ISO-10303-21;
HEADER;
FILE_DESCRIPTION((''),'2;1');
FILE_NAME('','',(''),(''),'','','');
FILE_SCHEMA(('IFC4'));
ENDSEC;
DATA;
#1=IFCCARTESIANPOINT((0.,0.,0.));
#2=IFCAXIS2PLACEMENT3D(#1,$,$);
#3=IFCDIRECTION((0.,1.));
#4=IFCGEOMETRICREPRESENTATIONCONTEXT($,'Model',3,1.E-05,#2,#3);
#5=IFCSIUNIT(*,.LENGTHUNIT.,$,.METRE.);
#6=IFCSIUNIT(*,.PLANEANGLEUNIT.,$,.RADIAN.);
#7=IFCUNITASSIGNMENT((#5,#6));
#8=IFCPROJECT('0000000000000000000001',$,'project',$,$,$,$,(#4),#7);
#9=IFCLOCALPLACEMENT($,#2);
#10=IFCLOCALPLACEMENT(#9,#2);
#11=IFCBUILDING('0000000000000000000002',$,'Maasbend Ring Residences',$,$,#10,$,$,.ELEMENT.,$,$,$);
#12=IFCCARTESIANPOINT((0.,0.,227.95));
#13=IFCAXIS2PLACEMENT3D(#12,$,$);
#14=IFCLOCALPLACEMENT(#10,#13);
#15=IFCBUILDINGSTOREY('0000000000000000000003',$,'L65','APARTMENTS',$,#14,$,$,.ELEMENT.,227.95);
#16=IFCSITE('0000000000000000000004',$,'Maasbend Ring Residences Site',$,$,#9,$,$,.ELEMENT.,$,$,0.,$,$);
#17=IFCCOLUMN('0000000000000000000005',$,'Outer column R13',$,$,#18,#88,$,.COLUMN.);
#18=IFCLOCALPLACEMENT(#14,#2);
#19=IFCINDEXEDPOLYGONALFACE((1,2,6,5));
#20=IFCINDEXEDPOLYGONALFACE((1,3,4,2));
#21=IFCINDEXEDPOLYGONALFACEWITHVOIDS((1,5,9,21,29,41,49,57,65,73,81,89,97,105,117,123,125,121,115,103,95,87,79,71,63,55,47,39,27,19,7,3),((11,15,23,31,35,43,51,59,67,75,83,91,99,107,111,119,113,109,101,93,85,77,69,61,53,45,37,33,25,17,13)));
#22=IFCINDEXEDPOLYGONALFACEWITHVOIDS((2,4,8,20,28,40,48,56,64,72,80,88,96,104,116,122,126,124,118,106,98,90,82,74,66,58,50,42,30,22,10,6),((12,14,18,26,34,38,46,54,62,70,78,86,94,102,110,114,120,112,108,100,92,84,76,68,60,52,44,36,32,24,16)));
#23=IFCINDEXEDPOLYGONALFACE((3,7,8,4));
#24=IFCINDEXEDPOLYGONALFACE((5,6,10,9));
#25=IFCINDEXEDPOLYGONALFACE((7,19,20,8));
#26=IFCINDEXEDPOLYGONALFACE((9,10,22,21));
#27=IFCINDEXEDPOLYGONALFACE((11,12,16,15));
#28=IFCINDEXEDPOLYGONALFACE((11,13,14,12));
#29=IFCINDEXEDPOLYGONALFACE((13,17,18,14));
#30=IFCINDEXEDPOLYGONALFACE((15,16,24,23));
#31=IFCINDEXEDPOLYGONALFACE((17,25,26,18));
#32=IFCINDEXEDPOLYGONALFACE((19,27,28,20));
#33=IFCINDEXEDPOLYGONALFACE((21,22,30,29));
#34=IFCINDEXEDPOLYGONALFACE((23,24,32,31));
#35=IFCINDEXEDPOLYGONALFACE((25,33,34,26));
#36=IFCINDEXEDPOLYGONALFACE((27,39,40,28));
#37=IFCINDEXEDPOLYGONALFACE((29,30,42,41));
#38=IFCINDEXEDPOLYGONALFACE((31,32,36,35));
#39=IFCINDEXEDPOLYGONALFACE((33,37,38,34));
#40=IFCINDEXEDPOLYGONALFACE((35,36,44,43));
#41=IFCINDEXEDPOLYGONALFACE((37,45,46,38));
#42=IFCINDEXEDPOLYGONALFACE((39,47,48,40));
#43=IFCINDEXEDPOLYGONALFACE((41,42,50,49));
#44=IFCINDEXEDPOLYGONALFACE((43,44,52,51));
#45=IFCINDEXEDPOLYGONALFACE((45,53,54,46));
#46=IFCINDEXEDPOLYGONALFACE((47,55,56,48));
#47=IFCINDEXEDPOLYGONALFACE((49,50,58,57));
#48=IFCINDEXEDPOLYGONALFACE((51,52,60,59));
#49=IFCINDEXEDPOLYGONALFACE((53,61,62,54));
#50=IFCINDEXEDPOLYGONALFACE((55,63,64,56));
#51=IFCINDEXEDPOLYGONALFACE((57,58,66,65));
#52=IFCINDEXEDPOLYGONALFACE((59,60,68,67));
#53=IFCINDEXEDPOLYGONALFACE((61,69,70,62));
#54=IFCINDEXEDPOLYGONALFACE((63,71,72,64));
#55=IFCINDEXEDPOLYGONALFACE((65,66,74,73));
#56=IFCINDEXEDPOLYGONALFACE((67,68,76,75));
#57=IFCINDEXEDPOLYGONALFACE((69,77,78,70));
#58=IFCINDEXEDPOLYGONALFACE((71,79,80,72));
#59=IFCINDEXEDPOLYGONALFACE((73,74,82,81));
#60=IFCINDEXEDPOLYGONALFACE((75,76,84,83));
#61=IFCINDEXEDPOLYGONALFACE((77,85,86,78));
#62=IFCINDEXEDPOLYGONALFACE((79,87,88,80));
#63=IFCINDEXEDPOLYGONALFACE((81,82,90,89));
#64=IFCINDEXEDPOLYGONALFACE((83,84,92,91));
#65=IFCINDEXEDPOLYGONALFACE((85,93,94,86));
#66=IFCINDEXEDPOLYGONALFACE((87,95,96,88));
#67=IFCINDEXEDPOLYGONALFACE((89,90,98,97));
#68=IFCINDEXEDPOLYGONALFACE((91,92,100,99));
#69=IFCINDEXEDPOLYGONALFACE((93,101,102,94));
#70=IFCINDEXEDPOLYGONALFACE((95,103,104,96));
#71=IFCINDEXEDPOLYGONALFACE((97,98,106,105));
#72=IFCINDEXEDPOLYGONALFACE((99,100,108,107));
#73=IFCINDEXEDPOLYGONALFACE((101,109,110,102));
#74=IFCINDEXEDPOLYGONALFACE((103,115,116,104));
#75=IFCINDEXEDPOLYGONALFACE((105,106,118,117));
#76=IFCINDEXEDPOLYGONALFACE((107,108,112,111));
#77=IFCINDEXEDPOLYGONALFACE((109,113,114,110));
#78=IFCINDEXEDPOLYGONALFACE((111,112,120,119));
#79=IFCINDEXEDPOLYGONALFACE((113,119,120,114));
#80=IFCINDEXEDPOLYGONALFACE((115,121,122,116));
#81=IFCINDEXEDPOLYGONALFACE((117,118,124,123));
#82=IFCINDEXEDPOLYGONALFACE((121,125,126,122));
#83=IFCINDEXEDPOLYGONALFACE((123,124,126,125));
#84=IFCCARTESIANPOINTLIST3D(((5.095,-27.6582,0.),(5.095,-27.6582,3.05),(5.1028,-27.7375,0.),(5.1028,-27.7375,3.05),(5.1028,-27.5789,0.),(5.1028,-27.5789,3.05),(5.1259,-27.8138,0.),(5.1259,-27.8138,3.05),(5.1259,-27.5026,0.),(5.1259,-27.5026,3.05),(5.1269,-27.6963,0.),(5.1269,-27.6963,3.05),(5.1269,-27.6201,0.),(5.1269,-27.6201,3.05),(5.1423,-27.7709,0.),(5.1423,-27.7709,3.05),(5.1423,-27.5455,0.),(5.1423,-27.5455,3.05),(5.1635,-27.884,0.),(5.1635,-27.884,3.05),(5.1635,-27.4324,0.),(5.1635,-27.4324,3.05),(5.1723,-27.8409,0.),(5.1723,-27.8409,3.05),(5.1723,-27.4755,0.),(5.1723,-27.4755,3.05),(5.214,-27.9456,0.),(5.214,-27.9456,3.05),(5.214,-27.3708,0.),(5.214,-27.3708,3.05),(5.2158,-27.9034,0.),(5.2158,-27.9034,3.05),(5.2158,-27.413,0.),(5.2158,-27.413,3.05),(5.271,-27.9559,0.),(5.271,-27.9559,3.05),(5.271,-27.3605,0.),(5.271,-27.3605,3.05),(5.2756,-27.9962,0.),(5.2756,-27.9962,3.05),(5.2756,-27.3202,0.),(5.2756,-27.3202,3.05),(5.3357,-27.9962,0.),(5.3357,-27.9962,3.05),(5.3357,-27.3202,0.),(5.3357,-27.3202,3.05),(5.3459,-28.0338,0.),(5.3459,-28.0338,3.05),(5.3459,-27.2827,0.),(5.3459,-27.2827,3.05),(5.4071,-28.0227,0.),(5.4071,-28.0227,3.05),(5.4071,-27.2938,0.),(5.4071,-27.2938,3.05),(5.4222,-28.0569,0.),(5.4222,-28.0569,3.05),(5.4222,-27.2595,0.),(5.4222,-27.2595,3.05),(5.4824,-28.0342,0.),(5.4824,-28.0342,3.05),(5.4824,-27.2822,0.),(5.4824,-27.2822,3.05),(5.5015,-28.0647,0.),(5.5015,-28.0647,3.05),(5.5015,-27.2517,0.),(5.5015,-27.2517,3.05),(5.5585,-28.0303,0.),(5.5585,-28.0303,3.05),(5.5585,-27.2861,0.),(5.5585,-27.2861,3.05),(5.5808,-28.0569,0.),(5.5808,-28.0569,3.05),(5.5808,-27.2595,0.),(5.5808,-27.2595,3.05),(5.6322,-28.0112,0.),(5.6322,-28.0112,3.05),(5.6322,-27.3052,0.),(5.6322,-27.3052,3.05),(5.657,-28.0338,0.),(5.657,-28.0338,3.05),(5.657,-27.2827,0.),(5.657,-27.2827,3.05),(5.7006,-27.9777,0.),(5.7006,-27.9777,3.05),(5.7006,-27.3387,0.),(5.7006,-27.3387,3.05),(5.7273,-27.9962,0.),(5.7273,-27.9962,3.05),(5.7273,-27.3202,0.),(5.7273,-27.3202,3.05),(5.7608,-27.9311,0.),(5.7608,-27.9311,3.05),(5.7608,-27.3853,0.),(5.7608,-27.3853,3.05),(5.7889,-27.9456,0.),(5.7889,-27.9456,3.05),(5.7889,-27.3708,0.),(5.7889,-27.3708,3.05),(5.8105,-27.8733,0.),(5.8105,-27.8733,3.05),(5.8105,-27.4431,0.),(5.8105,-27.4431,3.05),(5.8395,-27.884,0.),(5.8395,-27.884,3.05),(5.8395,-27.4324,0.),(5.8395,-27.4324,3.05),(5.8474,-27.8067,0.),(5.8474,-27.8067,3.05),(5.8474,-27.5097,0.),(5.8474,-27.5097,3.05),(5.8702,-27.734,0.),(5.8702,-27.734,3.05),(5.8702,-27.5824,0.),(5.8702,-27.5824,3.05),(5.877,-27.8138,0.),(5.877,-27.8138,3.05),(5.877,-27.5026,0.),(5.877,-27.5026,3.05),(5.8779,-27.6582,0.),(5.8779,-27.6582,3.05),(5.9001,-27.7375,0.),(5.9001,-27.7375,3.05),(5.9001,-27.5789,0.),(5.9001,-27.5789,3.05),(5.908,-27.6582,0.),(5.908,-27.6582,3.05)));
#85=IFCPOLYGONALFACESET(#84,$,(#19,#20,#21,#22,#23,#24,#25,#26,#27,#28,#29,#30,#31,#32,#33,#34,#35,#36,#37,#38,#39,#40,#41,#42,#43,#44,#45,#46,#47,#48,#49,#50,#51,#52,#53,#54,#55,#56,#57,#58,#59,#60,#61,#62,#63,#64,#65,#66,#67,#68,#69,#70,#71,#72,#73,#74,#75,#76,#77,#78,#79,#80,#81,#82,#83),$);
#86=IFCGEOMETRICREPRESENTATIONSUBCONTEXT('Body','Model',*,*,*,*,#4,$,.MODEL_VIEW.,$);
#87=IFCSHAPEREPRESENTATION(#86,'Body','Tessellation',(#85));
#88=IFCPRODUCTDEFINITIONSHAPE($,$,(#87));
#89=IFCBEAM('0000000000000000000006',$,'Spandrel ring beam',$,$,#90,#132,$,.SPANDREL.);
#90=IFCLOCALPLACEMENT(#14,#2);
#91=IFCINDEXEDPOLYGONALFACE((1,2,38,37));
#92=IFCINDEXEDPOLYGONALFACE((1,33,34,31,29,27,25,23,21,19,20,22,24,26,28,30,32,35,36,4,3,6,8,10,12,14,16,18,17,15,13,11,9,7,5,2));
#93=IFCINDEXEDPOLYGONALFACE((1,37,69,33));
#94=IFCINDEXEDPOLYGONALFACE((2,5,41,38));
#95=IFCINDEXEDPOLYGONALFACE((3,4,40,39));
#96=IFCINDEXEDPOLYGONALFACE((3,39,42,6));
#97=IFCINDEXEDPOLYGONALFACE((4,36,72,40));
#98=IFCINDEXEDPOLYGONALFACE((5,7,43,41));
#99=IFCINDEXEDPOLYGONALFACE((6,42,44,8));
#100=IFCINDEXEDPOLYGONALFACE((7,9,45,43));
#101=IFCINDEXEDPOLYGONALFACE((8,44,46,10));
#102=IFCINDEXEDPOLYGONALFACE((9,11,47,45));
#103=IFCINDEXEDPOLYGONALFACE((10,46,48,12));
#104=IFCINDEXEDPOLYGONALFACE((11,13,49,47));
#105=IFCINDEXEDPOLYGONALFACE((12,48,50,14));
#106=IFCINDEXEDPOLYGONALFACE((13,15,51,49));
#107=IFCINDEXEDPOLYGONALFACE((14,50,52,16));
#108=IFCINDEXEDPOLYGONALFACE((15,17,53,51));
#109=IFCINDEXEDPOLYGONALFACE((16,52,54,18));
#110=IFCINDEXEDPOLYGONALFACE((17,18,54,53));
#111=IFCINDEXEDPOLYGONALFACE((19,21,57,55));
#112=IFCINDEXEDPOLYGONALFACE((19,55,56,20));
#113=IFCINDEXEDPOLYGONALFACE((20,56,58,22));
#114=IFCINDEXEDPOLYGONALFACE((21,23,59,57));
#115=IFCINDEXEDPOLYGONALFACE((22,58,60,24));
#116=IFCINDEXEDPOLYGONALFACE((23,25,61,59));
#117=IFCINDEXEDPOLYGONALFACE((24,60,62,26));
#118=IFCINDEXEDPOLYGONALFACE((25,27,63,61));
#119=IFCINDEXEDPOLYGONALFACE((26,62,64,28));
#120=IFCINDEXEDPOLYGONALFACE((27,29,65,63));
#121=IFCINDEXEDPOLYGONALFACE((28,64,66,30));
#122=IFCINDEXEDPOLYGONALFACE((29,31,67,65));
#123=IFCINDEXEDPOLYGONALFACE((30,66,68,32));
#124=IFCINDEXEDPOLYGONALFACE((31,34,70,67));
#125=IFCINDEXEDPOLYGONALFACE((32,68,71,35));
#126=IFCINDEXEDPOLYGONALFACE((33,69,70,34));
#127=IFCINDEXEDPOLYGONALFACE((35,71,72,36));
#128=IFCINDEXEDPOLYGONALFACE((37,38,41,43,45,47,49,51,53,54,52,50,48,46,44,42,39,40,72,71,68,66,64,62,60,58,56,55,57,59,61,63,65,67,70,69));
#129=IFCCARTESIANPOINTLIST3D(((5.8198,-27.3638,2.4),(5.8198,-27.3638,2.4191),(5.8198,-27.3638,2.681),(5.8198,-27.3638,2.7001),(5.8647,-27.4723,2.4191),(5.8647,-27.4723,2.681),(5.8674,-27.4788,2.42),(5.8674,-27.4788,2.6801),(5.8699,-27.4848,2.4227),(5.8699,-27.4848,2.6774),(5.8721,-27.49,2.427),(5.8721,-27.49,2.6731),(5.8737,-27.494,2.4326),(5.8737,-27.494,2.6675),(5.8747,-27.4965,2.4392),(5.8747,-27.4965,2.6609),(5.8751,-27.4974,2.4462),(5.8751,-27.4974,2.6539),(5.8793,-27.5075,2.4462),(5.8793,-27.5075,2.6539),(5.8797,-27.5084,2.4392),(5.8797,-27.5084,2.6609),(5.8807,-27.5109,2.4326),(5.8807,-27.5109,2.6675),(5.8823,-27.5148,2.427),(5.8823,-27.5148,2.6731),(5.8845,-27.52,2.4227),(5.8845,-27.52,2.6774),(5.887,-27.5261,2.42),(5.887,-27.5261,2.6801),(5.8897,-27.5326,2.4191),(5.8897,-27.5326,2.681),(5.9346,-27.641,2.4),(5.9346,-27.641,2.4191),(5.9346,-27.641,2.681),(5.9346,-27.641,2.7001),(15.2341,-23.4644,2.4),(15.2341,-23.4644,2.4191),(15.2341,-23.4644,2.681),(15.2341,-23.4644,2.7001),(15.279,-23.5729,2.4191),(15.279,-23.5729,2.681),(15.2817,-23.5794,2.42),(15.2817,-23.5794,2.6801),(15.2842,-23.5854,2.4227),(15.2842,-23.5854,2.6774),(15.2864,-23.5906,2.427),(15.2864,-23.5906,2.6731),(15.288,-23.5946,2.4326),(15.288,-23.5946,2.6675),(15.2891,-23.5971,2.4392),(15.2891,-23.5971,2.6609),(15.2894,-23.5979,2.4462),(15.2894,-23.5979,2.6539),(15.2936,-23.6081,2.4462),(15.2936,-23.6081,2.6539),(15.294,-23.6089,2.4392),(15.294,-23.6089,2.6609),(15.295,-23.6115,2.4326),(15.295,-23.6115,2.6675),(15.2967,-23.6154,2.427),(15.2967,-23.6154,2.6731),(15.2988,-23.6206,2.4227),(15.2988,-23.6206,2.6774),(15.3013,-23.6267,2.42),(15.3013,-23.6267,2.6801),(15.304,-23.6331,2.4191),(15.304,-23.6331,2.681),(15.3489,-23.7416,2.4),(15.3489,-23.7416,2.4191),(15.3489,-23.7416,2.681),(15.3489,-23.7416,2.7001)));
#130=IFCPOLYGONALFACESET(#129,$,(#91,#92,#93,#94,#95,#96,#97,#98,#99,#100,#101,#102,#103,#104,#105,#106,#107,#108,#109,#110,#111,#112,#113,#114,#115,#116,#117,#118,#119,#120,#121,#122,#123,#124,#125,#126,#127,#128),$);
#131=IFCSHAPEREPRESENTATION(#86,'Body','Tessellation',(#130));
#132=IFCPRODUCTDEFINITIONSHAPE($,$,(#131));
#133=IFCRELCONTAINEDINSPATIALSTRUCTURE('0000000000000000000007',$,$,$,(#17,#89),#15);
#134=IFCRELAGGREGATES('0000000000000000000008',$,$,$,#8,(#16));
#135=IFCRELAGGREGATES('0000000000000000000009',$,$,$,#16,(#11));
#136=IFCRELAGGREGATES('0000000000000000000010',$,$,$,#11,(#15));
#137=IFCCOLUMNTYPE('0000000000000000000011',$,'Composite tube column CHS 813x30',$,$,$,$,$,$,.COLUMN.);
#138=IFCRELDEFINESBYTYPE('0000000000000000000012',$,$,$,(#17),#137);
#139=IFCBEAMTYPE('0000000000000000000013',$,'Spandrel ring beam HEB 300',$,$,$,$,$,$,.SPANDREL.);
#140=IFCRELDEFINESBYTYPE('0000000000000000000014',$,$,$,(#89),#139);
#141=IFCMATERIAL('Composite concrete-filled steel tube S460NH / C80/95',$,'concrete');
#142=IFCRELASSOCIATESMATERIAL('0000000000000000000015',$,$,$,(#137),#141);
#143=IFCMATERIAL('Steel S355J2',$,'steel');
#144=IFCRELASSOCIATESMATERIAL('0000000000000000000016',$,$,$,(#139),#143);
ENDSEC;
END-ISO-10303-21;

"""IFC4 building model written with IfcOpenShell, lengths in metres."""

from ifc_helpers import new_model, si_unit, direction, frame, origin, origin_2d, place, context, subcontext, project, spatial, hollow_circle, i_section, extrude, material, material_profile, profile_set, type_object, element, save


model = new_model("IFC4")

# Units and contexts
model_context = context("Model", 3, precision=1e-05, world=origin(), true_north=direction((0.0, 1.0)))
body_context = subcontext(model_context, "Body", "Model", "MODEL_VIEW")
ifc_project = project(units=[si_unit("LENGTHUNIT", "METRE"), si_unit("PLANEANGLEUNIT", "RADIAN")], contexts=[model_context])

# Site, building, storey
site_placement = place(None, origin())
site = spatial("IfcSite", under=ifc_project, at=site_placement, Name="Maasbend Ring Residences Site", CompositionType="ELEMENT", RefElevation=0.0)
building_placement = place(site_placement, origin())
building = spatial("IfcBuilding", under=site, at=building_placement, Name="Maasbend Ring Residences", CompositionType="ELEMENT")
storey_placement = place(building_placement, frame((0.0, 0.0, 227.95)))
storey = spatial("IfcBuildingStorey", under=building, at=storey_placement, Name="L65", Description="APARTMENTS", CompositionType="ELEMENT", Elevation=227.95)

# Column
ifc_material_1 = material(Name="Composite concrete-filled steel tube S460NH / C80/95", Category="concrete")
ifc_material_profile_1 = material_profile(ifc_material_1, hollow_circle(Radius=0.4065, WallThickness=0.03, at=origin_2d()), Name="Composite tube column CHS 813x30")
ifc_profile_set_1 = profile_set([ifc_material_profile_1], Name="Composite concrete-filled steel tube S460NH / C80/95")
column_type = type_object("IfcColumnType", Name="Composite tube column CHS 813x30", PredefinedType="COLUMN", material=ifc_profile_set_1)
column_placement = place(storey_placement, frame((5.5015, -27.6582, 0.0), z_axis=(0.0, 0.0, 1.0), x_axis=(1.0, 0.0, 0.0)))
element("IfcColumn", 1, at=column_placement, inside=storey, type_object=column_type, Name="Outer column R13", PredefinedType="COLUMN", context=body_context, shape_type="SweptSolid", body=[
    extrude(hollow_circle(Radius=0.4065, WallThickness=0.03, at=origin_2d()), origin(), (0.0, 0.0, 1.0), 3.05),
])

# Beam
ifc_material_2 = material(Name="Steel S355J2", Category="steel")
ifc_material_profile_2 = material_profile(ifc_material_2, i_section(OverallWidth=0.3, OverallDepth=0.3, WebThickness=0.011, FlangeThickness=0.019, FilletRadius=0.0271, at=origin_2d()), Name="HEB 300")
ifc_profile_set_2 = profile_set([ifc_material_profile_2], Name="Steel S355J2")
beam_type = type_object("IfcBeamType", Name="Spandrel ring beam HEB 300", PredefinedType="SPANDREL", material=ifc_profile_set_2)
beam_placement = place(storey_placement, frame((5.8772, -27.5024, 2.55), z_axis=(0.923884, 0.382673, 0.0), x_axis=(-0.382673, 0.923884, 0.0)))
element("IfcBeam", 2, at=beam_placement, inside=storey, type_object=beam_type, Name="Spandrel ring beam", PredefinedType="SPANDREL", context=body_context, shape_type="SweptSolid", body=[
    extrude(i_section(OverallWidth=0.3, OverallDepth=0.3, WebThickness=0.011, FlangeThickness=0.019, FilletRadius=0.0271, at=origin_2d()), origin(), (0.0, 0.0, 1.0), 10.1899),
])

save(model, "model.ifc")
